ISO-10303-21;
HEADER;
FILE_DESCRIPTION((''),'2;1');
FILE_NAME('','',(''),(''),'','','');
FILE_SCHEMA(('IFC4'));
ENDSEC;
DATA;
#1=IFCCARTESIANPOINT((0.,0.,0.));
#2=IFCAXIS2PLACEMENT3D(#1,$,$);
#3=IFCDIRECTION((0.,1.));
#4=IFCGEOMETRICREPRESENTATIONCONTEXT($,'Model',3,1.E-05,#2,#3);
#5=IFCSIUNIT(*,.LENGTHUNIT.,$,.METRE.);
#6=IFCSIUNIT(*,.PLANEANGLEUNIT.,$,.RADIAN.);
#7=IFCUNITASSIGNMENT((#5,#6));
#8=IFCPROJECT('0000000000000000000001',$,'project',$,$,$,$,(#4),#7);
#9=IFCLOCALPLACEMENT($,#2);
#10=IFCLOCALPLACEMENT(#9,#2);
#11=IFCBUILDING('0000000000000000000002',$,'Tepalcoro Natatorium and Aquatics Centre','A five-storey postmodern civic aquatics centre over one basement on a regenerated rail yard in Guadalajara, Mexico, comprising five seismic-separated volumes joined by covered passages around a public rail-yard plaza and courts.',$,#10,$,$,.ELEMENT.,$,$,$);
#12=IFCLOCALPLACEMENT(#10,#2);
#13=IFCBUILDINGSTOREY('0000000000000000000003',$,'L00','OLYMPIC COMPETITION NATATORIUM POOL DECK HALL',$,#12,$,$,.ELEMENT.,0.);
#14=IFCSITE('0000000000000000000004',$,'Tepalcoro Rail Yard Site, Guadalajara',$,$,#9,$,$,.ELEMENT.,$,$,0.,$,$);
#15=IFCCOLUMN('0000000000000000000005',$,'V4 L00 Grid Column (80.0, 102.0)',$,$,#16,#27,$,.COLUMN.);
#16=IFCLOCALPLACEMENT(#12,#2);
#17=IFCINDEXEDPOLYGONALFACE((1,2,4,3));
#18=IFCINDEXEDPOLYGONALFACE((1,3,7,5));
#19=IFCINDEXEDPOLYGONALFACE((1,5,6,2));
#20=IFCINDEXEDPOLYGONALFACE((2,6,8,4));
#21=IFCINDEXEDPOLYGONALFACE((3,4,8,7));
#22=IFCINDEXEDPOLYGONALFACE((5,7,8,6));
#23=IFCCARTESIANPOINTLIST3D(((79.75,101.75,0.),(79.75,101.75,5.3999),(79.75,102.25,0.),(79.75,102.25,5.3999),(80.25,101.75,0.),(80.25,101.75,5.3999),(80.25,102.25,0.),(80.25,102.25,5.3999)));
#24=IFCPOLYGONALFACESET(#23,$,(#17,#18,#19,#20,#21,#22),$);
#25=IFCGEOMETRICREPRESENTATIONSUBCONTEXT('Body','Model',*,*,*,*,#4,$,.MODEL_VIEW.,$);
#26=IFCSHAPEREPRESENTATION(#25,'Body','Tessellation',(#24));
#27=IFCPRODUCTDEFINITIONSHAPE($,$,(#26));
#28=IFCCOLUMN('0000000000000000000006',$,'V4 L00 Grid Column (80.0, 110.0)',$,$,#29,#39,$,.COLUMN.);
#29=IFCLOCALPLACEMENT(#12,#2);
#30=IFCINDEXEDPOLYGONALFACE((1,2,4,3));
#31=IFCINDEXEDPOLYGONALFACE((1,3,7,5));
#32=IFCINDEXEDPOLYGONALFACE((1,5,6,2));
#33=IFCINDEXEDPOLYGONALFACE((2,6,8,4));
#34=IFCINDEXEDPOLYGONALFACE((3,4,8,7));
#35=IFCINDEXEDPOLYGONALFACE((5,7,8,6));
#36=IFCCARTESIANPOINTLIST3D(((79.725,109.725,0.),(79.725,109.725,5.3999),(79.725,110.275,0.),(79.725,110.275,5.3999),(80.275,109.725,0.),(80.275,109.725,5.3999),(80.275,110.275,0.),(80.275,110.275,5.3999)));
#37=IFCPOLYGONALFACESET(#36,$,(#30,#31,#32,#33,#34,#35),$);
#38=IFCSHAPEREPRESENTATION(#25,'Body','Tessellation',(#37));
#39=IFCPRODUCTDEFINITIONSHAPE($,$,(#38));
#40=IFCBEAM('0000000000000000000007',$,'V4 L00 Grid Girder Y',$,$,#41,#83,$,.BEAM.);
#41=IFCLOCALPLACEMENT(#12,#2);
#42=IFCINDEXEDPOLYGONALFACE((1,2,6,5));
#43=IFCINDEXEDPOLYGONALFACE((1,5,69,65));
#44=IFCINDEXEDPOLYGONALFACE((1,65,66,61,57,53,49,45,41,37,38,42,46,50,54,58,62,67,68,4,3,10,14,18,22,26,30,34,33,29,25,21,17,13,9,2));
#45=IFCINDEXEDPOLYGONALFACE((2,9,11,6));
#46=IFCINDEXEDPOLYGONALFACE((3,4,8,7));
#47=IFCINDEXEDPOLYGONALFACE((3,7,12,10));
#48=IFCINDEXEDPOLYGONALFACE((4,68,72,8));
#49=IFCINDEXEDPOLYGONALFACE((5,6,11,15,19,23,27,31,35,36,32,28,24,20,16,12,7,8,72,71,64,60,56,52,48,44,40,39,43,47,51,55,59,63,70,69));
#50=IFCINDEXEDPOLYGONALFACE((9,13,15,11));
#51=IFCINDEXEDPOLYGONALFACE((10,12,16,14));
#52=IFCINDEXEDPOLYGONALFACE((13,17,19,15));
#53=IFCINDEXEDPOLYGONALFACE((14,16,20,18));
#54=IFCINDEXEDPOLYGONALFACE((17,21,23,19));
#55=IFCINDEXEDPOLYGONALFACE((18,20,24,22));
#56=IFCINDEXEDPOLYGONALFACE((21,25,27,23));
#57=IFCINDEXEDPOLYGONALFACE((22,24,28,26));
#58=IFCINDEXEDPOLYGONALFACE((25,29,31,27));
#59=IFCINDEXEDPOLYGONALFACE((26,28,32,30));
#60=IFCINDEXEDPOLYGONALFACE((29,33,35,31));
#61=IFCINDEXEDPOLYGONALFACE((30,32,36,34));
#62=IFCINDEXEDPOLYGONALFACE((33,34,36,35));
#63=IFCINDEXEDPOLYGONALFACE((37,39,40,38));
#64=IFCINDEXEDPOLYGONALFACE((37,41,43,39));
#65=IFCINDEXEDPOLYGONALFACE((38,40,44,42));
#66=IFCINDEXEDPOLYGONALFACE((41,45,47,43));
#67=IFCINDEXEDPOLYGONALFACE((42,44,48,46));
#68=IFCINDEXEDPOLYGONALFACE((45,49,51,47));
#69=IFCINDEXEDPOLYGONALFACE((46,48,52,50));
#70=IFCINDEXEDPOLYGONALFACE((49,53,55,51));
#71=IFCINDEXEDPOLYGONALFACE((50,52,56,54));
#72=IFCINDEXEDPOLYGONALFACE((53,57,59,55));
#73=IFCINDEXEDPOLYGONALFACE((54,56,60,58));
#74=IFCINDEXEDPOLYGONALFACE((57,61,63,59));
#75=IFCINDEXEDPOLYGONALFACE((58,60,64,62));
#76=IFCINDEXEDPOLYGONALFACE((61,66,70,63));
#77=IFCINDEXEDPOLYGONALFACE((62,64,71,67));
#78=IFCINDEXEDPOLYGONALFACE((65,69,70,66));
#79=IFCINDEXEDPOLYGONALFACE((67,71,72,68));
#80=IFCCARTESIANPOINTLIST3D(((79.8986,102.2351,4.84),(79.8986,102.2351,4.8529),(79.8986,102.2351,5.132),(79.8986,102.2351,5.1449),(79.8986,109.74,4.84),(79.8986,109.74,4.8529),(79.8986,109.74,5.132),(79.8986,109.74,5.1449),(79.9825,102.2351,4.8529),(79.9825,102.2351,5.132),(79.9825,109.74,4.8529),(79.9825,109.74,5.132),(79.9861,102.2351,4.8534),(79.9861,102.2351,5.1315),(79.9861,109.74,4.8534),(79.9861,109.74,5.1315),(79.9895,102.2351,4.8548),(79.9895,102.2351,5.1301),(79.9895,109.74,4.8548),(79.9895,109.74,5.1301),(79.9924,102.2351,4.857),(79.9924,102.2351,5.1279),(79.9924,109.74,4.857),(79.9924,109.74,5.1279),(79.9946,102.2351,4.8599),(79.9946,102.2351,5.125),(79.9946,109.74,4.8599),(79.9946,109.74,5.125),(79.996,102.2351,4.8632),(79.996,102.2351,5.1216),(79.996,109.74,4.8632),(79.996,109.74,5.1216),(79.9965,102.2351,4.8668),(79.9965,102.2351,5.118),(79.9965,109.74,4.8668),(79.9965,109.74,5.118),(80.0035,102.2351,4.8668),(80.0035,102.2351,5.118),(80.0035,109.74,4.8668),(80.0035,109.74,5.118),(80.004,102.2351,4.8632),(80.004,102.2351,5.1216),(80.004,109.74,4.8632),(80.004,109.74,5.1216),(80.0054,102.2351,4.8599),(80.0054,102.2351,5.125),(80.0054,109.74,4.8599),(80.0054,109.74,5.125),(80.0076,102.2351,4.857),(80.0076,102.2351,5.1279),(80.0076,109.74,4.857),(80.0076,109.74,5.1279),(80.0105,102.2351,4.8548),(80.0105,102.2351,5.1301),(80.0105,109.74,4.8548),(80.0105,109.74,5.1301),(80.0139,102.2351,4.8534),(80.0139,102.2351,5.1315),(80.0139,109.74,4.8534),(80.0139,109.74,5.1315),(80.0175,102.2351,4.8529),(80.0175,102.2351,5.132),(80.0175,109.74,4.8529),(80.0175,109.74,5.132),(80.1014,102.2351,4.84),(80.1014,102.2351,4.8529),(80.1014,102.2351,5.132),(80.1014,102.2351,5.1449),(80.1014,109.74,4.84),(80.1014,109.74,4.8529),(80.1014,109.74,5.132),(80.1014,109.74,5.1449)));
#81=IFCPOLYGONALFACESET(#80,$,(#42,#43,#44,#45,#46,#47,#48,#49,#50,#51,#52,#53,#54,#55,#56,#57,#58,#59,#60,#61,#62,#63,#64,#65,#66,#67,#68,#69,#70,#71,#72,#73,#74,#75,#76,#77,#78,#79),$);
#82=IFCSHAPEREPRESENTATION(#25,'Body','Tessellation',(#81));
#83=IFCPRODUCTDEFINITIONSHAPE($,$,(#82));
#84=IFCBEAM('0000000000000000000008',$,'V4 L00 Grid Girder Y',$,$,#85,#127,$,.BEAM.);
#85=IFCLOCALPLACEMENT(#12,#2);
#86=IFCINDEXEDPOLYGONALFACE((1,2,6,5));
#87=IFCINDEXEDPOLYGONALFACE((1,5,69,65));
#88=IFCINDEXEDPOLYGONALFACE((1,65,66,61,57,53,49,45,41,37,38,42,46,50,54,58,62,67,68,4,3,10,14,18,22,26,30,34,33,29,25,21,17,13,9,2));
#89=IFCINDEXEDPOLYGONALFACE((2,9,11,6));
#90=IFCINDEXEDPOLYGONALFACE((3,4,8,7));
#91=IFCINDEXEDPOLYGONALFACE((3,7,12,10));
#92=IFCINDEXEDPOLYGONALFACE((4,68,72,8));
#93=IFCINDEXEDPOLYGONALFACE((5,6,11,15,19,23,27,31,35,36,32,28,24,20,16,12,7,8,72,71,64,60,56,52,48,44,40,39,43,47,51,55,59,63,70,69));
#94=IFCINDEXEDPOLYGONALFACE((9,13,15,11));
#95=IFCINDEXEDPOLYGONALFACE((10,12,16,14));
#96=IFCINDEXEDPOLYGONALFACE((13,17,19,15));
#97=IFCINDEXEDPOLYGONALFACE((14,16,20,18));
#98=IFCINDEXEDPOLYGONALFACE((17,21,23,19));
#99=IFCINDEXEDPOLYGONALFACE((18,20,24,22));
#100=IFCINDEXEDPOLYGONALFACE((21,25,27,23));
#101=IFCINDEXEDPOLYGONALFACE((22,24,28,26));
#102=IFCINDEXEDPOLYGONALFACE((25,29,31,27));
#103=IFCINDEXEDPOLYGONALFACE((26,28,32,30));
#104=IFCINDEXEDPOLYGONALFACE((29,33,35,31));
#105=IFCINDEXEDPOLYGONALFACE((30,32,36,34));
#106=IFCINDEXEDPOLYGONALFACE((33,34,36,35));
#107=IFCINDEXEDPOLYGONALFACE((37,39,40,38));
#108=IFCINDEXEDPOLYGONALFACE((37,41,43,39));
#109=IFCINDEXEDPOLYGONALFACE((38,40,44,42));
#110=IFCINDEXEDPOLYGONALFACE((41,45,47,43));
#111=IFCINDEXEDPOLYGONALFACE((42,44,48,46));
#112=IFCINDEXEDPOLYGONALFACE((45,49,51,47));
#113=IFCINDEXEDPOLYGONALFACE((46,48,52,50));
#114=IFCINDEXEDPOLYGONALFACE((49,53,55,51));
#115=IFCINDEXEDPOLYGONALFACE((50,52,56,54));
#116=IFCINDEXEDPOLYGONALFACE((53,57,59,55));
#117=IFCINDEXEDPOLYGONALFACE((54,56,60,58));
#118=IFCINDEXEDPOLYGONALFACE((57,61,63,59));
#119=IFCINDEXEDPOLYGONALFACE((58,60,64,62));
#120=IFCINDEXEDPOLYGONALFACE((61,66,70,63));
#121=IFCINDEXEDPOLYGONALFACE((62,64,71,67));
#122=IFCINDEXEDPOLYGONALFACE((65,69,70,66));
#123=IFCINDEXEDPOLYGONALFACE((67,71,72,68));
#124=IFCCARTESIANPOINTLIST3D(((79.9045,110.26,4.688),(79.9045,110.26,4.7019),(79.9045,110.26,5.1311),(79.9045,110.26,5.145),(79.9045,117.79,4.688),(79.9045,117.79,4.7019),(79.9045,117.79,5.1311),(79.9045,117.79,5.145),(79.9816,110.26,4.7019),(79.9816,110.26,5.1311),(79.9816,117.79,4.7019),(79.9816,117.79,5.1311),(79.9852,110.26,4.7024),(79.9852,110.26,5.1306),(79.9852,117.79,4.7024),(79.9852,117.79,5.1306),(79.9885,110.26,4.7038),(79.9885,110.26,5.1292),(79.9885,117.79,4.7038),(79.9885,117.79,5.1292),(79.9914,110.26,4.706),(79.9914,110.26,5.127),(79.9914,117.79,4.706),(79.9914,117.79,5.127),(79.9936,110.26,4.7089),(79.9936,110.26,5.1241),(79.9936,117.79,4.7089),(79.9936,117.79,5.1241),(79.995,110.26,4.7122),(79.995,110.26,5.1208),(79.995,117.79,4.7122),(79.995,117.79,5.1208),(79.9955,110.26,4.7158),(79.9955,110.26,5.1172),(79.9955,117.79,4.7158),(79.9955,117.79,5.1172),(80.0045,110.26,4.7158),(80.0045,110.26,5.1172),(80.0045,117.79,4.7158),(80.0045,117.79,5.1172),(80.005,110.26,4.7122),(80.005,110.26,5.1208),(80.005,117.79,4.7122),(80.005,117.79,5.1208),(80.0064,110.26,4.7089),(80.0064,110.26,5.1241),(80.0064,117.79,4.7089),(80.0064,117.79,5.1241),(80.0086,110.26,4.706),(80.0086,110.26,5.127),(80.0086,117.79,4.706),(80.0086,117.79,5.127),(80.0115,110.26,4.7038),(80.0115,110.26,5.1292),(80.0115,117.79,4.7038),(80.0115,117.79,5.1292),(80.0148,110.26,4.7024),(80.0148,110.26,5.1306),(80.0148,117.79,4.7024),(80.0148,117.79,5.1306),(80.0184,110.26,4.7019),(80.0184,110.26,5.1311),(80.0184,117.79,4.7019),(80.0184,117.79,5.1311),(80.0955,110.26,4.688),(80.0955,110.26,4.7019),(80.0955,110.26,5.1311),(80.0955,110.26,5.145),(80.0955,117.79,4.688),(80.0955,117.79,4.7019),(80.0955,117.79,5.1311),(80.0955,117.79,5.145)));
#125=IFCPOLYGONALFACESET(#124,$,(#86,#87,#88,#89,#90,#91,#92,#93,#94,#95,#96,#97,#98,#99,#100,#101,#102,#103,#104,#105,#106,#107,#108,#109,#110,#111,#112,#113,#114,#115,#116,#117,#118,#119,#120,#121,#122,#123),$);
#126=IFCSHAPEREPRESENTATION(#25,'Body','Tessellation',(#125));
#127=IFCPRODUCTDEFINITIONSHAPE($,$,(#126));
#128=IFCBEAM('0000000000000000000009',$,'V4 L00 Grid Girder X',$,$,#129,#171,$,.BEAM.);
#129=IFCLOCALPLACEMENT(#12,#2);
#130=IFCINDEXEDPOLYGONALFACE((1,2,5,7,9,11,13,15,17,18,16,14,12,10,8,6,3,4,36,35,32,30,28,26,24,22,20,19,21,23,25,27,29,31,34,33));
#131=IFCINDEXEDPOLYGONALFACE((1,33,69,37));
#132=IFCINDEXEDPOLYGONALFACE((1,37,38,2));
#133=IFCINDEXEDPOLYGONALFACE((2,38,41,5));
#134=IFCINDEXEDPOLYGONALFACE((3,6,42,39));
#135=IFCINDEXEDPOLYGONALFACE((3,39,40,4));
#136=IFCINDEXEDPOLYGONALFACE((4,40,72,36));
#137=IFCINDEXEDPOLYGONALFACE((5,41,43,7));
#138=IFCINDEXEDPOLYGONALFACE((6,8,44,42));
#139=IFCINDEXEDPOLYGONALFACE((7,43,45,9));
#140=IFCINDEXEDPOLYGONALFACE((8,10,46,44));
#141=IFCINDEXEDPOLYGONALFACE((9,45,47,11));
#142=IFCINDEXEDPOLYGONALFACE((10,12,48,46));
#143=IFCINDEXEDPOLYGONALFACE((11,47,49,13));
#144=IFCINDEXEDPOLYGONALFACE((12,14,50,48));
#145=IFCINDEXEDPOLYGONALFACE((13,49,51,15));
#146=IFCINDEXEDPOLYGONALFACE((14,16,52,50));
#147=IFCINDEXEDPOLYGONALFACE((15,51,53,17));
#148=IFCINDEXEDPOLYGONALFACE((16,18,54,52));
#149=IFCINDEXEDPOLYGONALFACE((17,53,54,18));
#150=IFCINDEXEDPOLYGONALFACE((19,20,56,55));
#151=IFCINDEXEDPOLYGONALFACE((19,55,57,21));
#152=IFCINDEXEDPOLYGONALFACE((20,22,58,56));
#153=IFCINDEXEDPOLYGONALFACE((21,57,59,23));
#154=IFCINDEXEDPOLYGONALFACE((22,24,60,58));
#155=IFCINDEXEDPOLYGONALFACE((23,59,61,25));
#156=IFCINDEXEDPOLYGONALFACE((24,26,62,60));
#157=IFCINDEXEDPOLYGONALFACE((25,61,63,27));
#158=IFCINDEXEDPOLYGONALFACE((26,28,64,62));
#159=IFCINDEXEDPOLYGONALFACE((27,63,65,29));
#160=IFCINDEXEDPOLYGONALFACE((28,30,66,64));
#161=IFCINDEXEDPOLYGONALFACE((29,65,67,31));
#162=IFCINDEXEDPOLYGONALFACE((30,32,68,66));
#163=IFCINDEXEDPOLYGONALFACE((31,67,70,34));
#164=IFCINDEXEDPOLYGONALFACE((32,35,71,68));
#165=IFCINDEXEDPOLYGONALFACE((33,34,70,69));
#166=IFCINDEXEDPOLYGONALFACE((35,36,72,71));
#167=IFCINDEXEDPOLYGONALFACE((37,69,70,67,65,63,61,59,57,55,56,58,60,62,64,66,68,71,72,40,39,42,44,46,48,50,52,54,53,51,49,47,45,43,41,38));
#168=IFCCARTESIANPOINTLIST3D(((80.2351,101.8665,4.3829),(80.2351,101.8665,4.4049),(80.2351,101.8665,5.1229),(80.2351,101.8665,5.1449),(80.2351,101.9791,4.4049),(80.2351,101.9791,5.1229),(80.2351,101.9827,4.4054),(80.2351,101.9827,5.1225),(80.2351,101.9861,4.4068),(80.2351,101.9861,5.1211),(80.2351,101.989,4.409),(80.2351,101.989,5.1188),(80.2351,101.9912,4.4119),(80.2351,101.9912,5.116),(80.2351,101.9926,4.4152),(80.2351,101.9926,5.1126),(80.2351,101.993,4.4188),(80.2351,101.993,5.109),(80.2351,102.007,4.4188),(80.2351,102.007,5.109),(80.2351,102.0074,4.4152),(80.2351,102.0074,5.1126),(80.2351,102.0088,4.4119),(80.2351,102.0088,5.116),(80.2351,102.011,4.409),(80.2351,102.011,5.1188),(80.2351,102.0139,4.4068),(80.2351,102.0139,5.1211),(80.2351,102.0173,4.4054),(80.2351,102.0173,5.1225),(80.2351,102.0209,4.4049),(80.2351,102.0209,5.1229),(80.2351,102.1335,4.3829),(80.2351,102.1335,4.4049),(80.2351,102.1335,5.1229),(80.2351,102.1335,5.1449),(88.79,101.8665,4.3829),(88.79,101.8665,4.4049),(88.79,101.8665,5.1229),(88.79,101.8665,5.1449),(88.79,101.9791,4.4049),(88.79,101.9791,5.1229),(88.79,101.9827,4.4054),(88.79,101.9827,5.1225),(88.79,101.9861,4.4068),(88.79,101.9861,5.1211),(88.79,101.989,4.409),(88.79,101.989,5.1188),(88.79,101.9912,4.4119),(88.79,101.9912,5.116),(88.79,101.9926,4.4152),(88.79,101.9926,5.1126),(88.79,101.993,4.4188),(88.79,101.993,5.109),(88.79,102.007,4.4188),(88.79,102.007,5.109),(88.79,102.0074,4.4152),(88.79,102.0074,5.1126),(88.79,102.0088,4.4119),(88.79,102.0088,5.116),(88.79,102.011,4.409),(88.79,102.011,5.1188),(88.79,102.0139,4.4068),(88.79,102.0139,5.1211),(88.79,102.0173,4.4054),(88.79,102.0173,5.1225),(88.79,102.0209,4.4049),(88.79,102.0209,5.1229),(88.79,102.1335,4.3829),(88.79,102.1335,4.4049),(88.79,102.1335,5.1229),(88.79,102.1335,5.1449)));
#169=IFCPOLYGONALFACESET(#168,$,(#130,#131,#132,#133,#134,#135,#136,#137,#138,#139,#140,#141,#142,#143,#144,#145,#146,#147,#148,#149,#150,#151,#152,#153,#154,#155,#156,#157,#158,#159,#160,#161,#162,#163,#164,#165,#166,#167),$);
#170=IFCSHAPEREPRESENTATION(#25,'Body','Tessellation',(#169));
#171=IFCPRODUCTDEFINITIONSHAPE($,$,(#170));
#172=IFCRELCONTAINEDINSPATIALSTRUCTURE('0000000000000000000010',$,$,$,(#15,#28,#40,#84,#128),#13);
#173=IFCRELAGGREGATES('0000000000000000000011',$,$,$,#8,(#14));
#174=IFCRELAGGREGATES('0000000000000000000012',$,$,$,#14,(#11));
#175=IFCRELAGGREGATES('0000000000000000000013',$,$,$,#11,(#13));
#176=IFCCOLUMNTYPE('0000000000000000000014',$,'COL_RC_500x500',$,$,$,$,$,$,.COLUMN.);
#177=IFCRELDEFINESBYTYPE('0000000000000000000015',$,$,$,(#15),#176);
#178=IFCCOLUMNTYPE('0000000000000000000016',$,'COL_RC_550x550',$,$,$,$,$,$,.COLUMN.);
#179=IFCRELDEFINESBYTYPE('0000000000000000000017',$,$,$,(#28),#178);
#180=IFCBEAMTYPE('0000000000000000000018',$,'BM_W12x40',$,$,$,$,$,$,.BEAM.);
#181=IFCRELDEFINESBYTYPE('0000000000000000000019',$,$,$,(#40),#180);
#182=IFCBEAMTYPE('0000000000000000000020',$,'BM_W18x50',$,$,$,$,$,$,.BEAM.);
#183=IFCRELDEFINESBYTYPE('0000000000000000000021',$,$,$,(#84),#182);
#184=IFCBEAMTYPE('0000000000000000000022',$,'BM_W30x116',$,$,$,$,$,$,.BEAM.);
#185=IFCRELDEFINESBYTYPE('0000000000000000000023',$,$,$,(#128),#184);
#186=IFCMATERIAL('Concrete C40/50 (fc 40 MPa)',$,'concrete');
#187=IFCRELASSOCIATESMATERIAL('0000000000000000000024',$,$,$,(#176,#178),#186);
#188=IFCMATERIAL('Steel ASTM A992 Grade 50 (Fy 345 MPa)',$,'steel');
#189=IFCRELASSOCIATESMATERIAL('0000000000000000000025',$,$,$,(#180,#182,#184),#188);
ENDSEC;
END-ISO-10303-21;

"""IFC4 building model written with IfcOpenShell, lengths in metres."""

from ifc_helpers import new_model, si_unit, direction, frame, origin, origin_2d, place, context, subcontext, project, spatial, rectangle, i_section, extrude, material, material_profile, profile_set, type_object, element, save


model = new_model("IFC4")

# Units and contexts
model_context = context("Model", 3, precision=1e-05, world=origin(), true_north=direction((0.0, 1.0)))
body_context = subcontext(model_context, "Body", "Model", "MODEL_VIEW")
ifc_project = project(units=[si_unit("LENGTHUNIT", "METRE"), si_unit("PLANEANGLEUNIT", "RADIAN")], contexts=[model_context])

# Site, building, storey
site_placement = place(None, origin())
site = spatial("IfcSite", under=ifc_project, at=site_placement, Name="Tepalcoro Rail Yard Site, Guadalajara", CompositionType="ELEMENT", RefElevation=0.0)
building_placement = place(site_placement, origin())
building = spatial("IfcBuilding", under=site, at=building_placement, Name="Tepalcoro Natatorium and Aquatics Centre", Description="A five-storey postmodern civic aquatics centre over one basement on a regenerated rail yard in Guadalajara, Mexico, comprising five seismic-separated volumes joined by covered passages around a public rail-yard plaza and courts.", CompositionType="ELEMENT")
storey_placement = place(building_placement, origin())
storey = spatial("IfcBuildingStorey", under=building, at=storey_placement, Name="L00", Description="OLYMPIC COMPETITION NATATORIUM POOL DECK HALL", CompositionType="ELEMENT", Elevation=0.0)

# Columns
ifc_material_1 = material(Name="Concrete C40/50 (fc 40 MPa)", Category="concrete")
ifc_material_profile_1 = material_profile(ifc_material_1, rectangle(XDim=0.5, YDim=0.5, at=origin_2d()), Name="RC500x500")
ifc_profile_set_1 = profile_set([ifc_material_profile_1], Name="Concrete C40/50 (fc 40 MPa)")
column_type_1 = type_object("IfcColumnType", Name="COL_RC_500x500", PredefinedType="COLUMN", material=ifc_profile_set_1)
column_1_placement = place(storey_placement, frame((80.0, 102.0, 0.0), z_axis=(0.0, 0.0, 1.0), x_axis=(1.0, 0.0, 0.0)))
element("IfcColumn", 1, at=column_1_placement, inside=storey, type_object=column_type_1, Name="V4 L00 Grid Column (80.0, 102.0)", PredefinedType="COLUMN", context=body_context, shape_type="SweptSolid", body=[
    extrude(rectangle(XDim=0.5, YDim=0.5, at=origin_2d()), origin(), (0.0, 0.0, 1.0), 5.3999),
])
ifc_material_profile_2 = material_profile(ifc_material_1, rectangle(XDim=0.55, YDim=0.55, at=origin_2d()), Name="RC550x550")
ifc_profile_set_2 = profile_set([ifc_material_profile_2], Name="Concrete C40/50 (fc 40 MPa)")
column_type_2 = type_object("IfcColumnType", Name="COL_RC_550x550", PredefinedType="COLUMN", material=ifc_profile_set_2)
column_2_placement = place(storey_placement, frame((80.0, 110.0, 0.0), z_axis=(0.0, 0.0, 1.0), x_axis=(1.0, 0.0, 0.0)))
element("IfcColumn", 2, at=column_2_placement, inside=storey, type_object=column_type_2, Name="V4 L00 Grid Column (80.0, 110.0)", PredefinedType="COLUMN", context=body_context, shape_type="SweptSolid", body=[
    extrude(rectangle(XDim=0.55, YDim=0.55, at=origin_2d()), origin(), (0.0, 0.0, 1.0), 5.3999),
])

# Beams
ifc_material_2 = material(Name="Steel ASTM A992 Grade 50 (Fy 345 MPa)", Category="steel")
ifc_material_profile_3 = material_profile(ifc_material_2, i_section(OverallWidth=0.2029, OverallDepth=0.3049, WebThickness=0.0071, FlangeThickness=0.0129, FilletRadius=0.0139, at=origin_2d()), Name="W12X40")
ifc_profile_set_3 = profile_set([ifc_material_profile_3], Name="Steel ASTM A992 Grade 50 (Fy 345 MPa)")
beam_type_1 = type_object("IfcBeamType", Name="BM_W12x40", PredefinedType="BEAM", material=ifc_profile_set_3)
beam_1_placement = place(storey_placement, frame((80.0, 102.2351, 4.9924), z_axis=(0.0, 1.0, 0.0), x_axis=(-1.0, 0.0, 0.0)))
element("IfcBeam", 3, at=beam_1_placement, inside=storey, type_object=beam_type_1, Name="V4 L00 Grid Girder Y", PredefinedType="BEAM", context=body_context, shape_type="SweptSolid", body=[
    extrude(i_section(OverallWidth=0.2029, OverallDepth=0.3049, WebThickness=0.0071, FlangeThickness=0.0129, FilletRadius=0.0139, at=origin_2d()), origin(), (0.0, 0.0, 1.0), 7.5049),
])
ifc_material_profile_4 = material_profile(ifc_material_2, i_section(OverallWidth=0.1909, OverallDepth=0.457, WebThickness=0.009, FlangeThickness=0.0139, FilletRadius=0.0139, at=origin_2d()), Name="W18X50")
ifc_profile_set_4 = profile_set([ifc_material_profile_4], Name="Steel ASTM A992 Grade 50 (Fy 345 MPa)")
beam_type_2 = type_object("IfcBeamType", Name="BM_W18x50", PredefinedType="BEAM", material=ifc_profile_set_4)
beam_2_placement = place(storey_placement, frame((80.0, 110.26, 4.9165), z_axis=(0.0, 1.0, 0.0), x_axis=(-1.0, 0.0, 0.0)))
element("IfcBeam", 4, at=beam_2_placement, inside=storey, type_object=beam_type_2, Name="V4 L00 Grid Girder Y", PredefinedType="BEAM", context=body_context, shape_type="SweptSolid", body=[
    extrude(i_section(OverallWidth=0.1909, OverallDepth=0.457, WebThickness=0.009, FlangeThickness=0.0139, FilletRadius=0.0139, at=origin_2d()), origin(), (0.0, 0.0, 1.0), 7.53),
])
ifc_material_profile_5 = material_profile(ifc_material_2, i_section(OverallWidth=0.2671, OverallDepth=0.762, WebThickness=0.0139, FlangeThickness=0.022, FilletRadius=0.0139, at=origin_2d()), Name="W30X116")
ifc_profile_set_5 = profile_set([ifc_material_profile_5], Name="Steel ASTM A992 Grade 50 (Fy 345 MPa)")
beam_type_3 = type_object("IfcBeamType", Name="BM_W30x116", PredefinedType="BEAM", material=ifc_profile_set_5)
beam_3_placement = place(storey_placement, frame((80.2351, 102.0, 4.7639), z_axis=(1.0, 0.0, 0.0), x_axis=(0.0, 1.0, 0.0)))
element("IfcBeam", 5, at=beam_3_placement, inside=storey, type_object=beam_type_3, Name="V4 L00 Grid Girder X", PredefinedType="BEAM", context=body_context, shape_type="SweptSolid", body=[
    extrude(i_section(OverallWidth=0.2671, OverallDepth=0.762, WebThickness=0.0139, FlangeThickness=0.022, FilletRadius=0.0139, at=origin_2d()), origin(), (0.0, 0.0, 1.0), 8.5549),
])

save(model, "model.ifc")
